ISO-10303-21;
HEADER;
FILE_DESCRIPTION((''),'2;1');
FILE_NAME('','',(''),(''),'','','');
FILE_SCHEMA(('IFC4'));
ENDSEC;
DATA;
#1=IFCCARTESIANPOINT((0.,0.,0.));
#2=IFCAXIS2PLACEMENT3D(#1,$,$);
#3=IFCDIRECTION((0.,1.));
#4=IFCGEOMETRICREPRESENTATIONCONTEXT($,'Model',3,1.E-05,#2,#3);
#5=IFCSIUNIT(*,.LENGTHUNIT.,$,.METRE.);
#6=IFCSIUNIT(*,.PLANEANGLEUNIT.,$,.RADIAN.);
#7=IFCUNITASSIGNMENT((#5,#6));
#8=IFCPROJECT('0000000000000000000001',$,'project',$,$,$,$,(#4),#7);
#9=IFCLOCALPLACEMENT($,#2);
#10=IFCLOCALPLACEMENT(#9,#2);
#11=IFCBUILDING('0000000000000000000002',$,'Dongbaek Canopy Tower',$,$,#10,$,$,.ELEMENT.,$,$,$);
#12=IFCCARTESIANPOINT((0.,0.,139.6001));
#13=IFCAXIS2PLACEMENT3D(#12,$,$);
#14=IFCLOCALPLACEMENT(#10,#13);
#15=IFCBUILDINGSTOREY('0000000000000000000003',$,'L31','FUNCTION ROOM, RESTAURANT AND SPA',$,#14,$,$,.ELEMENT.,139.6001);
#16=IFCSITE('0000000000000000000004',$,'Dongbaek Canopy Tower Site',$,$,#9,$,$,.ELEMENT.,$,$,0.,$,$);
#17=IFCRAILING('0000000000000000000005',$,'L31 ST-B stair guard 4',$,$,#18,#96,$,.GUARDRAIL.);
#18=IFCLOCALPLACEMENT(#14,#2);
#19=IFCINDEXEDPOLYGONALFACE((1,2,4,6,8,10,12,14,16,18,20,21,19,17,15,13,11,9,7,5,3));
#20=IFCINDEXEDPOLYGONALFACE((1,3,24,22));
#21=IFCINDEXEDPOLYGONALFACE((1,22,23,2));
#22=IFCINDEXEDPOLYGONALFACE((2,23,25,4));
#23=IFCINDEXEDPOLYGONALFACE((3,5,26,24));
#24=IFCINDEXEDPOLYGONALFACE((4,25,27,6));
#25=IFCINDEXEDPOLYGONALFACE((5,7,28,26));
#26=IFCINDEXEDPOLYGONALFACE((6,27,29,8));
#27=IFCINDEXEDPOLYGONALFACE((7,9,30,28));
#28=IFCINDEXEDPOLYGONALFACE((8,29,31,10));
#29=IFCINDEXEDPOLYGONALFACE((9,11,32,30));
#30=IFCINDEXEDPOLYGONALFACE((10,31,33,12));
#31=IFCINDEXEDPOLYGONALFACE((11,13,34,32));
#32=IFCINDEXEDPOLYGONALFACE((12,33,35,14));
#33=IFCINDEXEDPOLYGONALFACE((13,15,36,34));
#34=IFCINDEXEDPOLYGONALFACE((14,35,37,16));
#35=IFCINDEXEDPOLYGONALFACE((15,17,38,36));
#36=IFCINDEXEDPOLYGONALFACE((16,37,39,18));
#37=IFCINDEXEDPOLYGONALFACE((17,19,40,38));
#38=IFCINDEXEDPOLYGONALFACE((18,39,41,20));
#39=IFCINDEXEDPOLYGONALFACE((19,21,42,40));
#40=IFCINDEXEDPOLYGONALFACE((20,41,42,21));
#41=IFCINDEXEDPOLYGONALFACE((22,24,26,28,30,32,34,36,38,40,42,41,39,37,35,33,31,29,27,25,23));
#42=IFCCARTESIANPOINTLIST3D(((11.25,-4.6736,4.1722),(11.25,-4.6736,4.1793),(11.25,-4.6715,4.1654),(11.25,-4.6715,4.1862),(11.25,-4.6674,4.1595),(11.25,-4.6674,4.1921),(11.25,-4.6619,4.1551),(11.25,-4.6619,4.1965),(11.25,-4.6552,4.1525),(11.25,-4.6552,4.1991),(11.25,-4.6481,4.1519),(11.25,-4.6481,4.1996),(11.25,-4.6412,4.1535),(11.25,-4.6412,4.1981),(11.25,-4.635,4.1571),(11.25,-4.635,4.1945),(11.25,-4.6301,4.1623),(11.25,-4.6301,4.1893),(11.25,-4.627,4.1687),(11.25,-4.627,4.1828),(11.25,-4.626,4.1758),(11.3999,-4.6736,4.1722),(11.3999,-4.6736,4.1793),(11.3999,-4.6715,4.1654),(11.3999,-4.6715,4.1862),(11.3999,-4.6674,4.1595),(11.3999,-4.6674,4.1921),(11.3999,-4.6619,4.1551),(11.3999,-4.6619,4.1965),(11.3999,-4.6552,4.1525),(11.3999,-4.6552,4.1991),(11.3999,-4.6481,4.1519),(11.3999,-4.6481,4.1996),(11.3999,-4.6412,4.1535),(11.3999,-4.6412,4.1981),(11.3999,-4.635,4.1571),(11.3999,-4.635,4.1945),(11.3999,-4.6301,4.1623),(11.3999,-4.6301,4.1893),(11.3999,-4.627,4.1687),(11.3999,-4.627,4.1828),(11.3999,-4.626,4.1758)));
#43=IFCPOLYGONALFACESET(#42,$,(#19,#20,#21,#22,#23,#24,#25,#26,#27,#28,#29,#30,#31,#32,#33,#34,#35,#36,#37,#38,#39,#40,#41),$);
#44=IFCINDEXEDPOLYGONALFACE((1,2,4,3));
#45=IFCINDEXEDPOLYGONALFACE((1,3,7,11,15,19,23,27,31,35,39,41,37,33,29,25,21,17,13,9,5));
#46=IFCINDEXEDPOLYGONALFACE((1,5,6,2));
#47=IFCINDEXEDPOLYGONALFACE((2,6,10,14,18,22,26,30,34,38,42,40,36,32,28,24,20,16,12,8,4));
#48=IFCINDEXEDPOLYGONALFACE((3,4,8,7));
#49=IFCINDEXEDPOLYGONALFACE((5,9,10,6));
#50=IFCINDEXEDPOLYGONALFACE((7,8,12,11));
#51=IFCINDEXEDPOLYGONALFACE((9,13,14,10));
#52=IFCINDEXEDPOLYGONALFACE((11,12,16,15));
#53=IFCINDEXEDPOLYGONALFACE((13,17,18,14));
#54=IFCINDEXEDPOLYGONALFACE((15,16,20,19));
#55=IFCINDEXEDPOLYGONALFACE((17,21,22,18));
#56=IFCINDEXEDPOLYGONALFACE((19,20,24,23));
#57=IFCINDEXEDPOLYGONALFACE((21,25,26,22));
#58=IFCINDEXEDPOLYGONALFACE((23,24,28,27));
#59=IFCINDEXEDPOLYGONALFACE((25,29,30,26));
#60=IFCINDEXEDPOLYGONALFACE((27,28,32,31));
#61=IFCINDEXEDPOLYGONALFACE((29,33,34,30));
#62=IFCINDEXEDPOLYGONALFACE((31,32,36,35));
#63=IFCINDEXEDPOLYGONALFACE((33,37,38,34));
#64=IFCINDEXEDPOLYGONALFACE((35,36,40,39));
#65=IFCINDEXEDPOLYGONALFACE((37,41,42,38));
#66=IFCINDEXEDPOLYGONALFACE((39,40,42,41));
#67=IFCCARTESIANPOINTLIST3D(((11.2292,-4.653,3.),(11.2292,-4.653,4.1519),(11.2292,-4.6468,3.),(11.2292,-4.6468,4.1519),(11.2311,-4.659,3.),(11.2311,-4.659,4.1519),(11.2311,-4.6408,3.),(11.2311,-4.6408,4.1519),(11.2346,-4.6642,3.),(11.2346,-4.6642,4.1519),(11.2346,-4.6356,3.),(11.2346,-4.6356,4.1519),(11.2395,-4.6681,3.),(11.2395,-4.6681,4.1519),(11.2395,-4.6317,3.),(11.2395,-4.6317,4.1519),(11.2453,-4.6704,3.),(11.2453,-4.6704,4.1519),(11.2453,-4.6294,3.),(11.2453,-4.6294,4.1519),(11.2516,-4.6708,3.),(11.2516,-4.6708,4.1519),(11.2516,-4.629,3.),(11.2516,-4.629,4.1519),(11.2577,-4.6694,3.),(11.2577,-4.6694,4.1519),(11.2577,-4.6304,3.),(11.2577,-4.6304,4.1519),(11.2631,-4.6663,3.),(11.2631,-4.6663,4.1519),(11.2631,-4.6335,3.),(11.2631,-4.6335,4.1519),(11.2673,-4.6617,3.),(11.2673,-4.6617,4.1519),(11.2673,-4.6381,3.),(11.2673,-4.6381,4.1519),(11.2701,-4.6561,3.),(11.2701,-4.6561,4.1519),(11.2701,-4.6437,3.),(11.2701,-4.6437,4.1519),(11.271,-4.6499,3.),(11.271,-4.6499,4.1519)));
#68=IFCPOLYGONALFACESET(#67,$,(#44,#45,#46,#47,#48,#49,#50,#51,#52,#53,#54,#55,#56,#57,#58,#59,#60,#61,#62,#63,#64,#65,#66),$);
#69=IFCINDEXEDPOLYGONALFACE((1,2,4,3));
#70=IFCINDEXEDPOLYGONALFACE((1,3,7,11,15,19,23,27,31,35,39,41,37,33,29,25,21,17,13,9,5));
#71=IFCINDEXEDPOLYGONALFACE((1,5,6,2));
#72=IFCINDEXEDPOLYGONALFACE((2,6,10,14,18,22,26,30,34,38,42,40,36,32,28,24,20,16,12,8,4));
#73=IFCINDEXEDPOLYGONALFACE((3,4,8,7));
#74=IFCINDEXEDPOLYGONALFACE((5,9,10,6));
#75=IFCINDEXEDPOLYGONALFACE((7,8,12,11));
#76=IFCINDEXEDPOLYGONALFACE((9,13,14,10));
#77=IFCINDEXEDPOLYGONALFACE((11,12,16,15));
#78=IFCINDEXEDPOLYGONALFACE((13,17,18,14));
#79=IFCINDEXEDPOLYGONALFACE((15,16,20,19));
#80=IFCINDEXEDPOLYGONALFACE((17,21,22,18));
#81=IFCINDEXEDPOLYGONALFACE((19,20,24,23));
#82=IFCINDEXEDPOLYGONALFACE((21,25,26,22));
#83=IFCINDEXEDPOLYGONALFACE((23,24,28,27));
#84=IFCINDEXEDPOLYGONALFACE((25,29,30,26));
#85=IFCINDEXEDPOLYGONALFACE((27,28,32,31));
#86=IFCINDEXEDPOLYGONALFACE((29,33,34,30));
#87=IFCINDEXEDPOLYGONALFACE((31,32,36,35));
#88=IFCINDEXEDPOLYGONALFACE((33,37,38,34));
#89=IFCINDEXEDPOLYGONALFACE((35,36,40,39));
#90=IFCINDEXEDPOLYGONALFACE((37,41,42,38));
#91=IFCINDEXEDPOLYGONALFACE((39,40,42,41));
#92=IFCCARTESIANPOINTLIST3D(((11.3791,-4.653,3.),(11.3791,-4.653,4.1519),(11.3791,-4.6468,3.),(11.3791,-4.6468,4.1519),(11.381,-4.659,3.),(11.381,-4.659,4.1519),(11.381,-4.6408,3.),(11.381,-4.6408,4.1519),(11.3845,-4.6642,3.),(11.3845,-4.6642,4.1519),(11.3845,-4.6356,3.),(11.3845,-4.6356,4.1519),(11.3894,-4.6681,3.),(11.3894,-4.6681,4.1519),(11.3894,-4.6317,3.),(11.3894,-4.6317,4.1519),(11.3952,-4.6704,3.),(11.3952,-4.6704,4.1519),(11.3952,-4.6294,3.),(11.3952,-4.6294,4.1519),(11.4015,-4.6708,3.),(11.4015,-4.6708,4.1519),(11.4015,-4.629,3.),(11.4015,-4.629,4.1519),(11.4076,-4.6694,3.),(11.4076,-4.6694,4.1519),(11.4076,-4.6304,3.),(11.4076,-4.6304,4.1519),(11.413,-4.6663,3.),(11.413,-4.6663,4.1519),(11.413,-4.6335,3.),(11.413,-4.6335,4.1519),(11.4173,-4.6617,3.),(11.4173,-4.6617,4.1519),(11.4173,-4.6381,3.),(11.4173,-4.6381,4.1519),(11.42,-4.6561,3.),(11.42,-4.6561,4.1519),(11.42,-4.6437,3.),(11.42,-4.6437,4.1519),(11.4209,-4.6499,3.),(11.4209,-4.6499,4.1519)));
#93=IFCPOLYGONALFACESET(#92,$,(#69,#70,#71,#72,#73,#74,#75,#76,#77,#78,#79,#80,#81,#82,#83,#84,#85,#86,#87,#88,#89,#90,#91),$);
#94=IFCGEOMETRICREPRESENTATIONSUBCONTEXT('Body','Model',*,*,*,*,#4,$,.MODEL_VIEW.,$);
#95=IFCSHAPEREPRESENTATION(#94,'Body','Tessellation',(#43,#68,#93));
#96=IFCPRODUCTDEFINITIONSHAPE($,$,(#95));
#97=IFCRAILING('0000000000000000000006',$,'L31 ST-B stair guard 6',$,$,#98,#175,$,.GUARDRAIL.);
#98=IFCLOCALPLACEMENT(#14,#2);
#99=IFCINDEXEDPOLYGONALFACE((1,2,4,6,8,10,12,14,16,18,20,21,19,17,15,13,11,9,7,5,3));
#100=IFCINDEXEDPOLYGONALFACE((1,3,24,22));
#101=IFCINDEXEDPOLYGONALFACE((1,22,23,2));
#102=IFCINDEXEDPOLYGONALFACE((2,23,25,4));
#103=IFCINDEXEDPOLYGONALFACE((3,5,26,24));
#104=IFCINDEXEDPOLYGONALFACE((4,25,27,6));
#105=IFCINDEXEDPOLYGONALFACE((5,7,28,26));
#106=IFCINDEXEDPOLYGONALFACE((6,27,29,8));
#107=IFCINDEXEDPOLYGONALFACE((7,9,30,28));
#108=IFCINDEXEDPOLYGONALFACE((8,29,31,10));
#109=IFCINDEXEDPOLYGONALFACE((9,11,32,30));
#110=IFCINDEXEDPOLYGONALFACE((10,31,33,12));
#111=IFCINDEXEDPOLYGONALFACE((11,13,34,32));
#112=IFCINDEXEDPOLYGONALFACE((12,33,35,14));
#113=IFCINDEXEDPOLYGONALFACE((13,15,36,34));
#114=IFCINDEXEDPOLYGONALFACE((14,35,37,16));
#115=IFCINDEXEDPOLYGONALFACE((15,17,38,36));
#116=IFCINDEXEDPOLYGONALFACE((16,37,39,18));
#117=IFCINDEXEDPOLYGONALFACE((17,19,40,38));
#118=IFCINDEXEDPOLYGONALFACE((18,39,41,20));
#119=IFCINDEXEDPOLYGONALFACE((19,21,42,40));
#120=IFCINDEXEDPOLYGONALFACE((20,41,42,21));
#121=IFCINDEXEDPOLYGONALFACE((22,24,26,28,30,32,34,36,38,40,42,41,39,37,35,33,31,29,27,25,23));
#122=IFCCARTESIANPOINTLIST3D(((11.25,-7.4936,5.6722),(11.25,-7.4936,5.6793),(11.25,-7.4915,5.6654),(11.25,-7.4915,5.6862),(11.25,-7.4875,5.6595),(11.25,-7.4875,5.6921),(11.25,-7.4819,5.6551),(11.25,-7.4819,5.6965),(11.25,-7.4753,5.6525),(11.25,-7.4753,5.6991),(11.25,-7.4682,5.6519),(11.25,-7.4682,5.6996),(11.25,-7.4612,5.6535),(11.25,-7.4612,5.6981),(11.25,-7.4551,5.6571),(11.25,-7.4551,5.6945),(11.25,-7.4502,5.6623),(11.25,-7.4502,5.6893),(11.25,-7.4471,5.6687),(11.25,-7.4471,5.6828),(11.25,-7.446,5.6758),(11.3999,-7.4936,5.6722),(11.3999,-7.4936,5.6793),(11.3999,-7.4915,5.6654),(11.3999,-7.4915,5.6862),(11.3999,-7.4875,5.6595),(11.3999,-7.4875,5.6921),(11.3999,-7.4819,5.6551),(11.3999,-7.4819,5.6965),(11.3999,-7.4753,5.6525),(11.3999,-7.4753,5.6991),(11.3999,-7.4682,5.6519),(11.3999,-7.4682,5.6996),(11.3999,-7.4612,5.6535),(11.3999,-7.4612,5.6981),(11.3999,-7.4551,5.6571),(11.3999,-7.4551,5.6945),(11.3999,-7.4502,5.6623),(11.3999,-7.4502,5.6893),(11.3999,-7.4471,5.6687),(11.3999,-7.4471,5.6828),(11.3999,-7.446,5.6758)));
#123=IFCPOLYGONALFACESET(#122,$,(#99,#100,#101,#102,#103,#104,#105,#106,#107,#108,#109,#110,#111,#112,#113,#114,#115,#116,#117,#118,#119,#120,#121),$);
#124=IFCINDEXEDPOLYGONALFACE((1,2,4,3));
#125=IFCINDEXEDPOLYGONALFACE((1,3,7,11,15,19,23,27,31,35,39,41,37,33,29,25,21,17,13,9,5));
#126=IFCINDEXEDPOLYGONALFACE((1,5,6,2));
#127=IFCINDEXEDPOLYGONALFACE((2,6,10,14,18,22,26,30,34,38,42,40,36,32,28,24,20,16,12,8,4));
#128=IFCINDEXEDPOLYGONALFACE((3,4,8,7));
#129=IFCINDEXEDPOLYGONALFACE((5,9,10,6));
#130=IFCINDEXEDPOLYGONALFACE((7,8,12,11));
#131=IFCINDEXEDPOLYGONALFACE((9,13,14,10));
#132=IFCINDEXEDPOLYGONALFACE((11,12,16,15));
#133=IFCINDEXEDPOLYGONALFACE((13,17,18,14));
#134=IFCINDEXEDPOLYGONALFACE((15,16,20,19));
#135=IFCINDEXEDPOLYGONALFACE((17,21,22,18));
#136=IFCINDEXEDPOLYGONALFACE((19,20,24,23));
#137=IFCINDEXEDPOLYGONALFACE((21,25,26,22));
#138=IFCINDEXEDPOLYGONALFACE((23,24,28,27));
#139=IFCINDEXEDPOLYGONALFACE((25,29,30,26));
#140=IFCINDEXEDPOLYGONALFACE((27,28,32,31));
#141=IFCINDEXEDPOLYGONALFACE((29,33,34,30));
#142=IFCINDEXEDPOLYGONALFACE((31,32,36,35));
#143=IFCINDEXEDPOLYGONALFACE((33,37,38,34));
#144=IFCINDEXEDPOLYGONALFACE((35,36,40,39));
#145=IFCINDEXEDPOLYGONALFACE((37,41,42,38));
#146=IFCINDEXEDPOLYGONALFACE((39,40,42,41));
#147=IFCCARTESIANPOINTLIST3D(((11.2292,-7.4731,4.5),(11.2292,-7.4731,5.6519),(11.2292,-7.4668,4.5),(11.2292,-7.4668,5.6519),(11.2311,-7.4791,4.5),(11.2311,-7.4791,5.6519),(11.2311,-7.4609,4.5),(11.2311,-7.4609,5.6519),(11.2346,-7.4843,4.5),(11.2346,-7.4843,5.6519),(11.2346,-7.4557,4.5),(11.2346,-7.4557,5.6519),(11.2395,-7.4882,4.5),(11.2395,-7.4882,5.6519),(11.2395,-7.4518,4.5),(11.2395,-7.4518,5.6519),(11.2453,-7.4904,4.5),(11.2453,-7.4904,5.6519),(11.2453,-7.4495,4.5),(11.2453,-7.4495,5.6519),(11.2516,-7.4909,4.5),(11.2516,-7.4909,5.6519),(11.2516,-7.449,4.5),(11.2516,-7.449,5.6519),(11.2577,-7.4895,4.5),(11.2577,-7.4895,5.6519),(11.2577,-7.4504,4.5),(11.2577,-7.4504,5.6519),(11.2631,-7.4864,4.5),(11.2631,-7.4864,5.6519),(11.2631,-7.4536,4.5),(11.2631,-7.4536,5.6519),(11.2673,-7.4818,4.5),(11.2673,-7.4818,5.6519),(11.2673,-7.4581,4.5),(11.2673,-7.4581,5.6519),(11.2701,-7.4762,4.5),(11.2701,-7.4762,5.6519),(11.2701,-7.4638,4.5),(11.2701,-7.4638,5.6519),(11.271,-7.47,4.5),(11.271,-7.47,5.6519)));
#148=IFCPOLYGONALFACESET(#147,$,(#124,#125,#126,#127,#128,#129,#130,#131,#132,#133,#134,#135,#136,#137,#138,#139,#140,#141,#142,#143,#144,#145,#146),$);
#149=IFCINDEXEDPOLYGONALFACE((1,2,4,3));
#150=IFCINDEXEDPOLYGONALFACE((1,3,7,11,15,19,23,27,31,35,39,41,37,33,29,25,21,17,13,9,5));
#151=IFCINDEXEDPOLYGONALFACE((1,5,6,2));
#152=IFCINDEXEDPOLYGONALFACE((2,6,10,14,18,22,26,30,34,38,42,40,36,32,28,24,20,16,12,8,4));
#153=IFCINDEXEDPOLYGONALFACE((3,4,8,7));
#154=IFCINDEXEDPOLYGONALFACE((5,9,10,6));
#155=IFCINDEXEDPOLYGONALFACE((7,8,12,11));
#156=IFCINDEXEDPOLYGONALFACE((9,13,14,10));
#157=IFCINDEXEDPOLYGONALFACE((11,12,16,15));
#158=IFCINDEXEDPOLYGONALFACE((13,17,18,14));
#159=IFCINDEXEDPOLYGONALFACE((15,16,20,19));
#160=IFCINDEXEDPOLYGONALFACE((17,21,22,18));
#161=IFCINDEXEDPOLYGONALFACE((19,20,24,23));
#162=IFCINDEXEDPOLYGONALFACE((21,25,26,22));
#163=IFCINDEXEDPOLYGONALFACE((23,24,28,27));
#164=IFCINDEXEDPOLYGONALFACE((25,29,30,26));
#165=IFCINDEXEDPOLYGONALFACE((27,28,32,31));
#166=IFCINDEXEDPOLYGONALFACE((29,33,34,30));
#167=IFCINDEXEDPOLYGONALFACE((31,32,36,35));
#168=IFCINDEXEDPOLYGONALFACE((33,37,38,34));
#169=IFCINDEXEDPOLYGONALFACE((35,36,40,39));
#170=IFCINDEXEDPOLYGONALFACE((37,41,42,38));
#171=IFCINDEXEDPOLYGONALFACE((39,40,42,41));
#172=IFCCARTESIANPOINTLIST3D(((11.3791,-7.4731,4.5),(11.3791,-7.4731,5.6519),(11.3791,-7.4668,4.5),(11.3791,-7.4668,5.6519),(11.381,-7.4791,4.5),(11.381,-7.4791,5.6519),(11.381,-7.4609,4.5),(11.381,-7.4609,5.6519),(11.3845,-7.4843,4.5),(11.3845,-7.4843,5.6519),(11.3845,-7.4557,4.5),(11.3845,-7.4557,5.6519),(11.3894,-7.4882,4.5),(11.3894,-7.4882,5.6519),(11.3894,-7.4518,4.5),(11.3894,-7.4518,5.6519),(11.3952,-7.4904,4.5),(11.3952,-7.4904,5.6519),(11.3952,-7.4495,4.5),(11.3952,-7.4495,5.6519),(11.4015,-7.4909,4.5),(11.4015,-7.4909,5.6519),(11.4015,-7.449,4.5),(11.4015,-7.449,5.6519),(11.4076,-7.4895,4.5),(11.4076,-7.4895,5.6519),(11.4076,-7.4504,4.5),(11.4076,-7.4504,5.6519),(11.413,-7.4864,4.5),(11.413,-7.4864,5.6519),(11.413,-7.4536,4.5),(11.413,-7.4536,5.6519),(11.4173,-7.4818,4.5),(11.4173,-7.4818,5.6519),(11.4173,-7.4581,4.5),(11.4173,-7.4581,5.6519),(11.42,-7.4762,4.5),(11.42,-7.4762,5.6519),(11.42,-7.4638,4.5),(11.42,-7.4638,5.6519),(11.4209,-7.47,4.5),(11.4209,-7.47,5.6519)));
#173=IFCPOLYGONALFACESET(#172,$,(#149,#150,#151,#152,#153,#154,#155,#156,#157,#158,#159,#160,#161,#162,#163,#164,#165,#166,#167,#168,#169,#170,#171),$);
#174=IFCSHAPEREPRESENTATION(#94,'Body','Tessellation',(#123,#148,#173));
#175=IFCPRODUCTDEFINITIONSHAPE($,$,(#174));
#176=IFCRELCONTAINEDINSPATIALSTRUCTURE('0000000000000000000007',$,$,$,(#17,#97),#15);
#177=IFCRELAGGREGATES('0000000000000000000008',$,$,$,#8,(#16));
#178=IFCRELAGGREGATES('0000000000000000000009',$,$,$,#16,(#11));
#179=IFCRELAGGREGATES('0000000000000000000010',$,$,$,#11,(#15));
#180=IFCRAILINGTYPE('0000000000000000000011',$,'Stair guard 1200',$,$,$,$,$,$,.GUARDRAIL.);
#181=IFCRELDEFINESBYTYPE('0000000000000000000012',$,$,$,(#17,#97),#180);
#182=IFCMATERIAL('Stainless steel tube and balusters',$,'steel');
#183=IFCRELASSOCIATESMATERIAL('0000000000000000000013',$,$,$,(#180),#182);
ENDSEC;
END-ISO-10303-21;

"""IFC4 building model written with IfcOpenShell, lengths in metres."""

from ifc_helpers import new_model, si_unit, direction, frame, origin, origin_2d, place, context, subcontext, project, spatial, circle, extrude, material, type_object, element, save


model = new_model("IFC4")

# Units and contexts
model_context = context("Model", 3, precision=1e-05, world=origin(), true_north=direction((0.0, 1.0)))
body_context = subcontext(model_context, "Body", "Model", "MODEL_VIEW")
ifc_project = project(units=[si_unit("LENGTHUNIT", "METRE"), si_unit("PLANEANGLEUNIT", "RADIAN")], contexts=[model_context])

# Site, building, storey
site_placement = place(None, origin())
site = spatial("IfcSite", under=ifc_project, at=site_placement, Name="Dongbaek Canopy Tower Site", CompositionType="ELEMENT", RefElevation=0.0)
building_placement = place(site_placement, origin())
building = spatial("IfcBuilding", under=site, at=building_placement, Name="Dongbaek Canopy Tower", CompositionType="ELEMENT")
storey_placement = place(building_placement, frame((0.0, 0.0, 139.6001)))
storey = spatial("IfcBuildingStorey", under=building, at=storey_placement, Name="L31", Description="FUNCTION ROOM, RESTAURANT AND SPA", CompositionType="ELEMENT", Elevation=139.6001)

# Railings
ifc_material_1 = material(Name="Stainless steel tube and balusters", Category="steel")
railing_type_1 = type_object("IfcRailingType", Name="Stair guard 1200", PredefinedType="GUARDRAIL", material=ifc_material_1)
for number, where, name in (
    (1, (11.25, -4.6499, 3.0), "L31 ST-B stair guard 4"),
    (2, (11.25, -7.47, 4.5), "L31 ST-B stair guard 6"),
):
    element("IfcRailing", number, at=place(storey_placement, frame(where)), inside=storey, type_object=railing_type_1, Name=name, PredefinedType="GUARDRAIL", context=body_context, shape_type="SweptSolid", body=[
        extrude(circle(Radius=0.0239, at=origin_2d()), frame((0.0, 0.0, 1.1758), z_axis=(1.0, 0.0, 0.0), x_axis=(0.0, 1.0, 0.0)), (0.0, 0.0, 1.0), 0.1499),
        extrude(circle(Radius=0.021, at=origin_2d()), origin(), (0.0, 0.0, 1.0), 1.1519),
        extrude(circle(Radius=0.021, at=origin_2d()), frame((0.1499, 0.0, 0.0)), (0.0, 0.0, 1.0), 1.1519),
    ])

save(model, "model.ifc")
